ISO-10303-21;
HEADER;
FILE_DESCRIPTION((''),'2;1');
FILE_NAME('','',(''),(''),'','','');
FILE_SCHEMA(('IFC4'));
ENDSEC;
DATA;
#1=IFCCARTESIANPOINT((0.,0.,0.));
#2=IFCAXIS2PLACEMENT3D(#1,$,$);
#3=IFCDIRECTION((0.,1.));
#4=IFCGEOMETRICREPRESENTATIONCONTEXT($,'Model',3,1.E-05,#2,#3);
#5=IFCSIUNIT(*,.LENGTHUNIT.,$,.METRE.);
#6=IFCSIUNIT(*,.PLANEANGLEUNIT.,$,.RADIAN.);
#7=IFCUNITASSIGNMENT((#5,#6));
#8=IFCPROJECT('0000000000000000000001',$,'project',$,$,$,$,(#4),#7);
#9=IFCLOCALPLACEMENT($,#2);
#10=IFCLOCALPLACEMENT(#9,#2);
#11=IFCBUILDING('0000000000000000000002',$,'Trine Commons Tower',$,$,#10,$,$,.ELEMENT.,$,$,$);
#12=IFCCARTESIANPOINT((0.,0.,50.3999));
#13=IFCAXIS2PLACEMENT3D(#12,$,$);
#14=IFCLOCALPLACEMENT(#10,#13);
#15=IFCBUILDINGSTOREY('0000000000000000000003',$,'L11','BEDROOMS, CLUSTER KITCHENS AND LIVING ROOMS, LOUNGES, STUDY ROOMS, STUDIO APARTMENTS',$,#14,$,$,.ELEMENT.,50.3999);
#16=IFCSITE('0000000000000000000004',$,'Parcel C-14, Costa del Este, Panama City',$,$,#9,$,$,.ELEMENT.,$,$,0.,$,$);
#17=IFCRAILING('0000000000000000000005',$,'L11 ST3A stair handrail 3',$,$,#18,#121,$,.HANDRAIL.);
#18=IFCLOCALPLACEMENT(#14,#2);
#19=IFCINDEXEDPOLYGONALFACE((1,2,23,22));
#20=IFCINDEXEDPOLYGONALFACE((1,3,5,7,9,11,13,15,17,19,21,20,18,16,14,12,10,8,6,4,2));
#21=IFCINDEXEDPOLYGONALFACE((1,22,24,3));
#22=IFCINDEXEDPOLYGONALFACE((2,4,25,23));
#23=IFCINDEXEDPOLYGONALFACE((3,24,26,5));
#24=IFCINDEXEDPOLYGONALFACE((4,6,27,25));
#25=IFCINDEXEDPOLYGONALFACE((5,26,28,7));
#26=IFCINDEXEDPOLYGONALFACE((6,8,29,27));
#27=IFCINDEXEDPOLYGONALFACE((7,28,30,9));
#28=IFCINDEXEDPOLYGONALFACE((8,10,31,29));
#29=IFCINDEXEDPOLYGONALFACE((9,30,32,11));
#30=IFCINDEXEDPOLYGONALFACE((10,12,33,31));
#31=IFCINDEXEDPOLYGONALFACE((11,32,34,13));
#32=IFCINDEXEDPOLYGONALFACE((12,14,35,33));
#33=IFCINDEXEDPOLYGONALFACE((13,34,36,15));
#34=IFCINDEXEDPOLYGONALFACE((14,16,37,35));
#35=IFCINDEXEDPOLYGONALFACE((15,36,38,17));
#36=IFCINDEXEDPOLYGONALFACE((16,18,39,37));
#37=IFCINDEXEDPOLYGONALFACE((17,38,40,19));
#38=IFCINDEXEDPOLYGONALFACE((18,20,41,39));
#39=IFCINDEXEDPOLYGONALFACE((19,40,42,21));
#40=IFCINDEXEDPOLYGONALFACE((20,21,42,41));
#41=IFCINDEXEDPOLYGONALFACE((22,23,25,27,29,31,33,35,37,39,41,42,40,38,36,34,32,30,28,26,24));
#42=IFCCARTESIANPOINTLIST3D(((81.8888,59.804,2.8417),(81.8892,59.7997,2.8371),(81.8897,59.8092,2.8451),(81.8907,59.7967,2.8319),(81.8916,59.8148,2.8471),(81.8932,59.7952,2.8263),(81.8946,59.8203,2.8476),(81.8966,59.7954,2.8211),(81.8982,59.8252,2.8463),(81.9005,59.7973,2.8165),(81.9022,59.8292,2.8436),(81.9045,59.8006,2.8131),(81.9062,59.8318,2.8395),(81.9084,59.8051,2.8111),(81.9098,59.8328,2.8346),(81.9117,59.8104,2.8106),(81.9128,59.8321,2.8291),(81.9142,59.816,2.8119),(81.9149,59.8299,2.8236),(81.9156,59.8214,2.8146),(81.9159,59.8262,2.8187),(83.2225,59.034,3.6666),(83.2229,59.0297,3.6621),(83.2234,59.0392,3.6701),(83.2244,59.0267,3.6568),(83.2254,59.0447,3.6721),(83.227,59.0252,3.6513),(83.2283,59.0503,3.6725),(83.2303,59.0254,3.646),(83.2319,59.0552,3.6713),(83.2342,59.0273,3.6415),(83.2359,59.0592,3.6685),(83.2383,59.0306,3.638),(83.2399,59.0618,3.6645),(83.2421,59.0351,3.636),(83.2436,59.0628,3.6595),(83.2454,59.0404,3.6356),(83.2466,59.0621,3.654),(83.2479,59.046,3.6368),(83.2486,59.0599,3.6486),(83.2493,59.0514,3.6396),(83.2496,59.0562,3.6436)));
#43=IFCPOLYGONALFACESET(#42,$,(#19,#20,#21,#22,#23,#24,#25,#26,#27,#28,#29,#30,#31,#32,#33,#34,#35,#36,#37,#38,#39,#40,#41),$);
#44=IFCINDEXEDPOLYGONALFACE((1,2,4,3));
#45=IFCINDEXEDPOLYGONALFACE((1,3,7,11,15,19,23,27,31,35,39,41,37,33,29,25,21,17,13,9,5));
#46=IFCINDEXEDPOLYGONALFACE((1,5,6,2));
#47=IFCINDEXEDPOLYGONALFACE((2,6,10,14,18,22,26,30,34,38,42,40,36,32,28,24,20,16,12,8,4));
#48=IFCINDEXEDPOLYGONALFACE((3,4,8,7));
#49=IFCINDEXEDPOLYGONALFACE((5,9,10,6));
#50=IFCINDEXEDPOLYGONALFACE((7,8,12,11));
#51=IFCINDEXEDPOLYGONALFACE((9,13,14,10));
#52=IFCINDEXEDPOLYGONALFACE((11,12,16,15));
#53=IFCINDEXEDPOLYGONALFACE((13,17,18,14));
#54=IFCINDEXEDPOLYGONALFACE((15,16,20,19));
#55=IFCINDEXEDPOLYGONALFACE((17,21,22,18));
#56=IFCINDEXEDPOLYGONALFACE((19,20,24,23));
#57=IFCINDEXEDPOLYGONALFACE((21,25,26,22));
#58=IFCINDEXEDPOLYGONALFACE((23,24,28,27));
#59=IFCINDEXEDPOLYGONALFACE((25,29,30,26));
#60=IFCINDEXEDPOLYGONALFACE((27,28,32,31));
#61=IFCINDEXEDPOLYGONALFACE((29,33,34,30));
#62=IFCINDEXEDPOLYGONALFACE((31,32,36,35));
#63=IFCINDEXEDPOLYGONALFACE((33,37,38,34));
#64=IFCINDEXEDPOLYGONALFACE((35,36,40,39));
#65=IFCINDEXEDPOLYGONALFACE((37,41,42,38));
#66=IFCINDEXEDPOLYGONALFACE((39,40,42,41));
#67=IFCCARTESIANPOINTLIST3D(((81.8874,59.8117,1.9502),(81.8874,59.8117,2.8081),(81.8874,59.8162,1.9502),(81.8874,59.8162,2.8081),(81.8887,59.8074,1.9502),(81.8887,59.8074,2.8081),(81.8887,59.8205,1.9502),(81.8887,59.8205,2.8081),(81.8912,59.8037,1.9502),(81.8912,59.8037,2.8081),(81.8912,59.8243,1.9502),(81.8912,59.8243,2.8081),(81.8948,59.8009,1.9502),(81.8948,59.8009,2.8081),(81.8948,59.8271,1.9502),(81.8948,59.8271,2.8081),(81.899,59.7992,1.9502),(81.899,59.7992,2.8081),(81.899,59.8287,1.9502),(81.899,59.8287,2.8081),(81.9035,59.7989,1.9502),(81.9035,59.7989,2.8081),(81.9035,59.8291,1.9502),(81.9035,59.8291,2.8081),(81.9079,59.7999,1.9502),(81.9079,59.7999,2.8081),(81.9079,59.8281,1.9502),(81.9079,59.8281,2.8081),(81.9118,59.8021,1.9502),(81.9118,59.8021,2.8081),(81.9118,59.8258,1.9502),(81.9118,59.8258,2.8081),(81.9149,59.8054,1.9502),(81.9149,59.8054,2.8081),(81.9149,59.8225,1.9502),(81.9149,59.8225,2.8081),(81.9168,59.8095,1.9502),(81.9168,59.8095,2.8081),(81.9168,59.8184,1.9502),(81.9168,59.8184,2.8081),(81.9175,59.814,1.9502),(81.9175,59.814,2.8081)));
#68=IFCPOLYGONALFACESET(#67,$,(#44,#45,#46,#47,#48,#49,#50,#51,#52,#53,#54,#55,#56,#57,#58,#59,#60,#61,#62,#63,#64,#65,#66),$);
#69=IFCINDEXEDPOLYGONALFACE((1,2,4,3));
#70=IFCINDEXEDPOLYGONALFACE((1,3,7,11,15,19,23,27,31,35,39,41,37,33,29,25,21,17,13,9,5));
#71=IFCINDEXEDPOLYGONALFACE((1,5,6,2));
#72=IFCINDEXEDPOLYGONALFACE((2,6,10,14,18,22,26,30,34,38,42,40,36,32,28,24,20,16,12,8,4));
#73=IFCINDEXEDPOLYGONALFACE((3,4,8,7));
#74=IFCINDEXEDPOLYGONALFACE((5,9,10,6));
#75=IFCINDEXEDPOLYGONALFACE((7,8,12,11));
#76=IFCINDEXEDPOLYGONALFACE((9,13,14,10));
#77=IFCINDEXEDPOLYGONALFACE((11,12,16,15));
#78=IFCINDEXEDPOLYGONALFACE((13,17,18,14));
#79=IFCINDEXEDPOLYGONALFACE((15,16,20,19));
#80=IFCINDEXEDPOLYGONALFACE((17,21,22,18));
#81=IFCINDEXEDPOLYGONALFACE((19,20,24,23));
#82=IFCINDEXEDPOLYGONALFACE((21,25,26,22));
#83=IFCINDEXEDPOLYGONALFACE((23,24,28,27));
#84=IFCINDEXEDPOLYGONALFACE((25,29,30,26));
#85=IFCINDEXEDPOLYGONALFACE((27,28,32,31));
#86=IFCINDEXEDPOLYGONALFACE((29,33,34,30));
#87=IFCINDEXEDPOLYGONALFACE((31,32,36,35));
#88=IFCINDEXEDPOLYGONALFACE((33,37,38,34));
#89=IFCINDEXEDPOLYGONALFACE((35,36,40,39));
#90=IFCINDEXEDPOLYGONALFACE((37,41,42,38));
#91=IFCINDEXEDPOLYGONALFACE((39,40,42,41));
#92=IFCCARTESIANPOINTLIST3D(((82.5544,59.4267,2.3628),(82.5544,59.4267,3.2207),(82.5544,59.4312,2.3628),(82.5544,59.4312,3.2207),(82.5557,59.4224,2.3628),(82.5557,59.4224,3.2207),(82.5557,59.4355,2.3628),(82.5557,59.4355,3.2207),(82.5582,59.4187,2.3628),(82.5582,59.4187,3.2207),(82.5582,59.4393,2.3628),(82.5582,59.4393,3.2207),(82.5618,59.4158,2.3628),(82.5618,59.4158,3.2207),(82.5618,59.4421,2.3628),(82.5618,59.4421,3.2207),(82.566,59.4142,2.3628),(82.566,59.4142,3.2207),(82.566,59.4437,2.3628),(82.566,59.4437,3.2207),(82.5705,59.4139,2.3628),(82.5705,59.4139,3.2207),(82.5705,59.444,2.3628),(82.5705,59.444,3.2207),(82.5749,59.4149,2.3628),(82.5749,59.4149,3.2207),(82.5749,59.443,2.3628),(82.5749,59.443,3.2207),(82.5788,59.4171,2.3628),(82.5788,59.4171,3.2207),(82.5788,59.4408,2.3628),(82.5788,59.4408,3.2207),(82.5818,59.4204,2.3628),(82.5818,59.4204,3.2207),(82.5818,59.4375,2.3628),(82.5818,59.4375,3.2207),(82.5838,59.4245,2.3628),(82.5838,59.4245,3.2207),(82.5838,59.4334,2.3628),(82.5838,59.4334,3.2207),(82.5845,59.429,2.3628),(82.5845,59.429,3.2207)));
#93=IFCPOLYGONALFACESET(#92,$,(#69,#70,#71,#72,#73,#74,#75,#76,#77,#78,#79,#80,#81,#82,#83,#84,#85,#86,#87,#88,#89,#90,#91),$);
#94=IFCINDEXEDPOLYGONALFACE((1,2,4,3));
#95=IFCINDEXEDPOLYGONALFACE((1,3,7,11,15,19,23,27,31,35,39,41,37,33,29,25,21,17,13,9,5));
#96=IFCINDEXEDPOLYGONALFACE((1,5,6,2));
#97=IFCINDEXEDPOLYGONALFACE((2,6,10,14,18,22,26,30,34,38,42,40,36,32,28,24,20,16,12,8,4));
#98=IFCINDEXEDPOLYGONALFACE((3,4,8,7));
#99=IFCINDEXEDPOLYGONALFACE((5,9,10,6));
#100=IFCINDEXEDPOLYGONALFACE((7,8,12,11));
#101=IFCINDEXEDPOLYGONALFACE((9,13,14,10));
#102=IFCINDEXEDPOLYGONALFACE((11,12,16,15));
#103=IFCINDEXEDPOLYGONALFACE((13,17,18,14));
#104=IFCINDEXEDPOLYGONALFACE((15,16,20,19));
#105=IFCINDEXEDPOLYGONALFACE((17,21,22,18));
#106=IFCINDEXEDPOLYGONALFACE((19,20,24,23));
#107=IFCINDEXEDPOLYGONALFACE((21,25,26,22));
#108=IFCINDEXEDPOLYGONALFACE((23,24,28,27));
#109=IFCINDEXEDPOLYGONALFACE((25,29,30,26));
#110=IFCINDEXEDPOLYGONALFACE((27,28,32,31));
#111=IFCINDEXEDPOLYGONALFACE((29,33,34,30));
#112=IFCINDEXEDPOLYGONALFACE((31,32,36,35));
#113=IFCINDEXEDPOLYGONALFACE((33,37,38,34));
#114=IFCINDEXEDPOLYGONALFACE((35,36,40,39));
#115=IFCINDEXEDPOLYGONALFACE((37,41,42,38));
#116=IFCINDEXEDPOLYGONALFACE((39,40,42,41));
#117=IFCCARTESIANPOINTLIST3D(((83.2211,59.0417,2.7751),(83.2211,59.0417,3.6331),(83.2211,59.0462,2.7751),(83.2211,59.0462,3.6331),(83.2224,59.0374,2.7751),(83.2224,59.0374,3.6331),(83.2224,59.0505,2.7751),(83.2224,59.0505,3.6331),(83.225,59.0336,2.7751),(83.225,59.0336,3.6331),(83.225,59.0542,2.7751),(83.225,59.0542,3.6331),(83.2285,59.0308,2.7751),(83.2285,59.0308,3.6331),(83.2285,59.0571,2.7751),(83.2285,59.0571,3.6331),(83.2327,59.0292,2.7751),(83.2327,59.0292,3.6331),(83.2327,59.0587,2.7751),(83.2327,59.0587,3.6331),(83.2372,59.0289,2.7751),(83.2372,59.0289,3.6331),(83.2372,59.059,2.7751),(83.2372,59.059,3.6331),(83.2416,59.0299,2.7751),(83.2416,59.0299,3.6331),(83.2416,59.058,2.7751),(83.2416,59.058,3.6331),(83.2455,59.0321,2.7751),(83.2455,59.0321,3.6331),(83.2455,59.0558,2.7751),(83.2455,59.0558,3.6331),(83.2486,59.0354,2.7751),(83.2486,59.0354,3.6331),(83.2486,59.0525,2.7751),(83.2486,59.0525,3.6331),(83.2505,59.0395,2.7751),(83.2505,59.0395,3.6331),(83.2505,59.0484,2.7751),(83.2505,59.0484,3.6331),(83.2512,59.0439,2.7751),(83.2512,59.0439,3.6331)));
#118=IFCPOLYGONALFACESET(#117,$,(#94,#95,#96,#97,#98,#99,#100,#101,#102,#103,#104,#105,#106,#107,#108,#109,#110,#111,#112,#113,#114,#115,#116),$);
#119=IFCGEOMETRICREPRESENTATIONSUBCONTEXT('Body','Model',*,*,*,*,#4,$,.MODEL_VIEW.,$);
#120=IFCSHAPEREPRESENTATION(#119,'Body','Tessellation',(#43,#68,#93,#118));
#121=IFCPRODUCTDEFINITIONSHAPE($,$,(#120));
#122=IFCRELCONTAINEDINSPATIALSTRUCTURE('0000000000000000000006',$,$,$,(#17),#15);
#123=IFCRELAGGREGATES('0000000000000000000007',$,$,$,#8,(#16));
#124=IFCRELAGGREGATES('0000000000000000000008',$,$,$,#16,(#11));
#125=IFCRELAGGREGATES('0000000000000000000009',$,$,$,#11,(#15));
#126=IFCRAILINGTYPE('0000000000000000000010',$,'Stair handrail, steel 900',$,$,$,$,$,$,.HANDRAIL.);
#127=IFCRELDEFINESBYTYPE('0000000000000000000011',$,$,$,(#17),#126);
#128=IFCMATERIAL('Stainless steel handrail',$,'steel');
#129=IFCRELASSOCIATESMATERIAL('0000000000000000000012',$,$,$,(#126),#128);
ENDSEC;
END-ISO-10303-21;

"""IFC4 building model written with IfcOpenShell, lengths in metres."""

from ifc_helpers import new_model, si_unit, direction, frame, origin, origin_2d, place, context, subcontext, project, spatial, circle, extrude, material, type_object, element, save


model = new_model("IFC4")

# Units and contexts
model_context = context("Model", 3, precision=1e-05, world=origin(), true_north=direction((0.0, 1.0)))
body_context = subcontext(model_context, "Body", "Model", "MODEL_VIEW")
ifc_project = project(units=[si_unit("LENGTHUNIT", "METRE"), si_unit("PLANEANGLEUNIT", "RADIAN")], contexts=[model_context])

# Site, building, storey
site_placement = place(None, origin())
site = spatial("IfcSite", under=ifc_project, at=site_placement, Name="Parcel C-14, Costa del Este, Panama City", CompositionType="ELEMENT", RefElevation=0.0)
building_placement = place(site_placement, origin())
building = spatial("IfcBuilding", under=site, at=building_placement, Name="Trine Commons Tower", CompositionType="ELEMENT")
storey_placement = place(building_placement, frame((0.0, 0.0, 50.3999)))
storey = spatial("IfcBuildingStorey", under=building, at=storey_placement, Name="L11", Description="BEDROOMS, CLUSTER KITCHENS AND LIVING ROOMS, LOUNGES, STUDY ROOMS, STUDIO APARTMENTS", CompositionType="ELEMENT", Elevation=50.3999)

# Railing
ifc_material_1 = material(Name="Stainless steel handrail", Category="steel")
railing_type_1 = type_object("IfcRailingType", Name="Stair handrail, steel 900", PredefinedType="HANDRAIL", material=ifc_material_1)
railing_1_placement = place(storey_placement, frame((81.9023, 59.814, 1.9502)))
element("IfcRailing", 1, at=railing_1_placement, inside=storey, type_object=railing_type_1, Name="L11 ST3A stair handrail 3", PredefinedType="HANDRAIL", context=body_context, shape_type="SweptSolid", body=[
    extrude(circle(Radius=0.021, at=origin_2d()), frame((0.0, 0.0, 0.8789), z_axis=(0.763405, -0.440743, 0.472185), x_axis=(0.499992, 0.86603, 0.0)), (0.0, 0.0, 1.0), 1.7471),
    extrude(circle(Radius=0.0151, at=origin_2d()), origin(), (0.0, 0.0, 1.0), 0.8579),
    extrude(circle(Radius=0.0151, at=origin_2d()), frame((0.667, -0.385, 0.4126)), (0.0, 0.0, 1.0), 0.8579),
    extrude(circle(Radius=0.0151, at=origin_2d()), frame((1.3337, -0.77, 0.825)), (0.0, 0.0, 1.0), 0.8579),
])

save(model, "model.ifc")
